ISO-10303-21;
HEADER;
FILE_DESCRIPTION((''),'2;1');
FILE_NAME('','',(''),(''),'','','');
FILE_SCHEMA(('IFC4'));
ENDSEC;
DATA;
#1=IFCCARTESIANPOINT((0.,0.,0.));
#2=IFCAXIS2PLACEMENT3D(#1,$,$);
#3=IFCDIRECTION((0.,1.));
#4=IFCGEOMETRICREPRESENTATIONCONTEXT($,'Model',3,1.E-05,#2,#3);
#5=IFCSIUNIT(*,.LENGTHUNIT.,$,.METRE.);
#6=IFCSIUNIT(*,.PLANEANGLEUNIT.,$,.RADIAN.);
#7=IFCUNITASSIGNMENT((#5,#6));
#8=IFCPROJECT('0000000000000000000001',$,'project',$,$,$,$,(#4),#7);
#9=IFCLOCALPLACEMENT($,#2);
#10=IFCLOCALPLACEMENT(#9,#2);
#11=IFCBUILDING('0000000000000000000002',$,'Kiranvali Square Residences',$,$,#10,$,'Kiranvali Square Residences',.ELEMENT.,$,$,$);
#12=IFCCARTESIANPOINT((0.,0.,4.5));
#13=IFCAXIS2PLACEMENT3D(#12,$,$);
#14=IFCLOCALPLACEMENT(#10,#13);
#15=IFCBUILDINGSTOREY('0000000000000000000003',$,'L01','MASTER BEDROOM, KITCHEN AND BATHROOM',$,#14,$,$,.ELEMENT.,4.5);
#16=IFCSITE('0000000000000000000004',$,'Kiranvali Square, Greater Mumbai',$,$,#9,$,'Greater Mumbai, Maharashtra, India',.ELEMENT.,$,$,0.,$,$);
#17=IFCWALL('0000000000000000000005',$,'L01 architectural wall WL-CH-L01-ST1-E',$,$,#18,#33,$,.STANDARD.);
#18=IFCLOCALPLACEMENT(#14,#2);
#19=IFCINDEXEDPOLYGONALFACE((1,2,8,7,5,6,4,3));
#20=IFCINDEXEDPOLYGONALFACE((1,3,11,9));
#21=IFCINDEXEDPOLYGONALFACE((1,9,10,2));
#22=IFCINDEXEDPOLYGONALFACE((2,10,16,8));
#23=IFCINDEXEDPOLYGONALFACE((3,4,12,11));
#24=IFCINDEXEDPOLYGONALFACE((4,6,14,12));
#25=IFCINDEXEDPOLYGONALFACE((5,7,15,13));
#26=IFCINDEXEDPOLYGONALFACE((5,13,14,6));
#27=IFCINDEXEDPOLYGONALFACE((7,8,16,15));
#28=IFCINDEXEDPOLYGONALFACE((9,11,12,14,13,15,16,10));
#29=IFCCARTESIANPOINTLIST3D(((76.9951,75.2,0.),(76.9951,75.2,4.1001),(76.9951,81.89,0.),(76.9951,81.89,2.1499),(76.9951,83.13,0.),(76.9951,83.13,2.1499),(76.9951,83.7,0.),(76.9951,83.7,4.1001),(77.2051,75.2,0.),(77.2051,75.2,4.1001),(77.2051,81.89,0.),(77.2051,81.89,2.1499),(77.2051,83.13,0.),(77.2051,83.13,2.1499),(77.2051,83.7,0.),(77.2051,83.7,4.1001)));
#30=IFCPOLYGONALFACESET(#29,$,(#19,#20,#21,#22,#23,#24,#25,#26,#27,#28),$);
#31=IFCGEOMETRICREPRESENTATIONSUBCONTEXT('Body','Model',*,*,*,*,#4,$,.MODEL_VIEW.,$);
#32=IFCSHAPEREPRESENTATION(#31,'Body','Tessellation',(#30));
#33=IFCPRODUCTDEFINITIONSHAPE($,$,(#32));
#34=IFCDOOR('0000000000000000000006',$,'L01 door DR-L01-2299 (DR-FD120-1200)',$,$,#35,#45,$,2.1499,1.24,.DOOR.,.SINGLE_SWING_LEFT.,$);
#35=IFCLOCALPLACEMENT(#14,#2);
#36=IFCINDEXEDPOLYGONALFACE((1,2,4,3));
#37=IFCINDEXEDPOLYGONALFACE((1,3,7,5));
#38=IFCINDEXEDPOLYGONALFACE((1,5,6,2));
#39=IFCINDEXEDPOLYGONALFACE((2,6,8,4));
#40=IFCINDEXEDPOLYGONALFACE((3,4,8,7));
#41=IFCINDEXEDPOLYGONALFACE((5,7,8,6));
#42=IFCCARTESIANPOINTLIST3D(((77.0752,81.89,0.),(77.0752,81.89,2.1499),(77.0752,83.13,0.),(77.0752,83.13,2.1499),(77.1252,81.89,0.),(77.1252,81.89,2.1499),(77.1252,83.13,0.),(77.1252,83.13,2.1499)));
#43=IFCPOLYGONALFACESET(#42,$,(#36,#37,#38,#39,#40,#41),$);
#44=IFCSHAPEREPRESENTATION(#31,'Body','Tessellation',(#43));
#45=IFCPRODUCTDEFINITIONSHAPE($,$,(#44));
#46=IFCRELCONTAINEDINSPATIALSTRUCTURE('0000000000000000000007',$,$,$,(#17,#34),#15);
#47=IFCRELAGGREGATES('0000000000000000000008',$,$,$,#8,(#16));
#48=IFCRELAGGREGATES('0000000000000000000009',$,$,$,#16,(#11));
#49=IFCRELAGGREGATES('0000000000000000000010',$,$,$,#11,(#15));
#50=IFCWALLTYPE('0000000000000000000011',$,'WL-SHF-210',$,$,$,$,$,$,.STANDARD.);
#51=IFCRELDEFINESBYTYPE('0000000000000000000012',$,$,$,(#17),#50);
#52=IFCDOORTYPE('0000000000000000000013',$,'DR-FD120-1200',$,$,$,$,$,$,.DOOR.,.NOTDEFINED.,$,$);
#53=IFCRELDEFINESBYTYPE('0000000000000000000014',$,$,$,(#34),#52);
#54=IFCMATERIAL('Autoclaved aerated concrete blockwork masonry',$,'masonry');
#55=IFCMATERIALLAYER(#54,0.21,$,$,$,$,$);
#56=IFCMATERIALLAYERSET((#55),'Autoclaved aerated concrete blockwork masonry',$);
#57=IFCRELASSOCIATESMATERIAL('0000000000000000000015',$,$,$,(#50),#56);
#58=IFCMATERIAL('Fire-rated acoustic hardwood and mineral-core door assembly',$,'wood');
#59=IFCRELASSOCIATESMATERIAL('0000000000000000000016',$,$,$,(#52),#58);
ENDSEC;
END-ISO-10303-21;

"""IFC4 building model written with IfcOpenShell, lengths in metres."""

from ifc_helpers import new_model, si_unit, direction, frame, frame_2d, origin, place, context, subcontext, project, spatial, rectangle, extrude, material, layer, layer_set, type_object, element, fill, save


model = new_model("IFC4")

# Units and contexts
model_context = context("Model", 3, precision=1e-05, world=origin(), true_north=direction((0.0, 1.0)))
body_context = subcontext(model_context, "Body", "Model", "MODEL_VIEW")
ifc_project = project(units=[si_unit("LENGTHUNIT", "METRE"), si_unit("PLANEANGLEUNIT", "RADIAN")], contexts=[model_context])

# Site, building, storey
site_placement = place(None, origin())
site = spatial("IfcSite", under=ifc_project, at=site_placement, Name="Kiranvali Square, Greater Mumbai", LongName="Greater Mumbai, Maharashtra, India", CompositionType="ELEMENT", RefElevation=0.0)
building_placement = place(site_placement, origin())
building = spatial("IfcBuilding", under=site, at=building_placement, Name="Kiranvali Square Residences", LongName="Kiranvali Square Residences", CompositionType="ELEMENT")
storey_placement = place(building_placement, frame((0.0, 0.0, 4.5)))
storey = spatial("IfcBuildingStorey", under=building, at=storey_placement, Name="L01", Description="MASTER BEDROOM, KITCHEN AND BATHROOM", CompositionType="ELEMENT", Elevation=4.5)

# Shared definitions
ifc_material_1 = material(Name="Autoclaved aerated concrete blockwork masonry", Category="masonry")
ifc_material_2 = material(Name="Fire-rated acoustic hardwood and mineral-core door assembly", Category="wood")

# Wall, opening, door
ifc_layer_1 = layer(ifc_material_1, 0.21)
ifc_layer_set_1 = layer_set([ifc_layer_1], Name="Autoclaved aerated concrete blockwork masonry")
wall_type_1 = type_object("IfcWallType", Name="WL-SHF-210", PredefinedType="STANDARD", material=ifc_layer_set_1)
wall_1_placement = place(storey_placement, frame((77.1001, 75.2, 0.0), z_axis=(0.0, 0.0, 1.0), x_axis=(0.0, 1.0, 0.0)))
wall_1 = element("IfcWall", 1, at=wall_1_placement, inside=storey, type_object=wall_type_1, Name="L01 architectural wall WL-CH-L01-ST1-E", PredefinedType="STANDARD", context=body_context, shape_type="SweptSolid", body=[
    extrude(rectangle(XDim=8.5, YDim=0.21, at=frame_2d((4.25, 0.0))), origin(), (0.0, 0.0, 1.0), 4.1001),
])
opening_1_placement = place(wall_1_placement, frame((6.6899, 0.0, 0.0)))
opening_1 = element("IfcOpeningElement", 2, at=opening_1_placement, cuts=wall_1, PredefinedType="OPENING", context=body_context, shape_type="SweptSolid", body=[
    extrude(rectangle(XDim=1.24, YDim=2.1499, at=frame_2d((0.6201, 1.075))), frame((0.0, 0.115, 0.0), z_axis=(0.0, -1.0, 0.0), x_axis=(1.0, 0.0, 0.0)), (0.0, 0.0, 1.0), 0.23),
])
door_type_1 = type_object("IfcDoorType", Name="DR-FD120-1200", OperationType="NOTDEFINED", PredefinedType="DOOR", material=ifc_material_2)
door_1_placement = place(opening_1_placement, origin())
door_1 = element("IfcDoor", 3, at=door_1_placement, inside=storey, type_object=door_type_1, Name="L01 door DR-L01-2299 (DR-FD120-1200)", OperationType="SINGLE_SWING_LEFT", OverallHeight=2.1499, OverallWidth=1.24, PredefinedType="DOOR", context=body_context, shape_type="SweptSolid", body=[
    extrude(rectangle(XDim=1.24, YDim=2.1499, at=frame_2d((0.6201, 1.075))), frame((0.0, 0.0249, 0.0), z_axis=(0.0, -1.0, 0.0), x_axis=(1.0, 0.0, 0.0)), (0.0, 0.0, 1.0), 0.05),
])
fill(opening_1, door_1)

save(model, "model.ifc")
